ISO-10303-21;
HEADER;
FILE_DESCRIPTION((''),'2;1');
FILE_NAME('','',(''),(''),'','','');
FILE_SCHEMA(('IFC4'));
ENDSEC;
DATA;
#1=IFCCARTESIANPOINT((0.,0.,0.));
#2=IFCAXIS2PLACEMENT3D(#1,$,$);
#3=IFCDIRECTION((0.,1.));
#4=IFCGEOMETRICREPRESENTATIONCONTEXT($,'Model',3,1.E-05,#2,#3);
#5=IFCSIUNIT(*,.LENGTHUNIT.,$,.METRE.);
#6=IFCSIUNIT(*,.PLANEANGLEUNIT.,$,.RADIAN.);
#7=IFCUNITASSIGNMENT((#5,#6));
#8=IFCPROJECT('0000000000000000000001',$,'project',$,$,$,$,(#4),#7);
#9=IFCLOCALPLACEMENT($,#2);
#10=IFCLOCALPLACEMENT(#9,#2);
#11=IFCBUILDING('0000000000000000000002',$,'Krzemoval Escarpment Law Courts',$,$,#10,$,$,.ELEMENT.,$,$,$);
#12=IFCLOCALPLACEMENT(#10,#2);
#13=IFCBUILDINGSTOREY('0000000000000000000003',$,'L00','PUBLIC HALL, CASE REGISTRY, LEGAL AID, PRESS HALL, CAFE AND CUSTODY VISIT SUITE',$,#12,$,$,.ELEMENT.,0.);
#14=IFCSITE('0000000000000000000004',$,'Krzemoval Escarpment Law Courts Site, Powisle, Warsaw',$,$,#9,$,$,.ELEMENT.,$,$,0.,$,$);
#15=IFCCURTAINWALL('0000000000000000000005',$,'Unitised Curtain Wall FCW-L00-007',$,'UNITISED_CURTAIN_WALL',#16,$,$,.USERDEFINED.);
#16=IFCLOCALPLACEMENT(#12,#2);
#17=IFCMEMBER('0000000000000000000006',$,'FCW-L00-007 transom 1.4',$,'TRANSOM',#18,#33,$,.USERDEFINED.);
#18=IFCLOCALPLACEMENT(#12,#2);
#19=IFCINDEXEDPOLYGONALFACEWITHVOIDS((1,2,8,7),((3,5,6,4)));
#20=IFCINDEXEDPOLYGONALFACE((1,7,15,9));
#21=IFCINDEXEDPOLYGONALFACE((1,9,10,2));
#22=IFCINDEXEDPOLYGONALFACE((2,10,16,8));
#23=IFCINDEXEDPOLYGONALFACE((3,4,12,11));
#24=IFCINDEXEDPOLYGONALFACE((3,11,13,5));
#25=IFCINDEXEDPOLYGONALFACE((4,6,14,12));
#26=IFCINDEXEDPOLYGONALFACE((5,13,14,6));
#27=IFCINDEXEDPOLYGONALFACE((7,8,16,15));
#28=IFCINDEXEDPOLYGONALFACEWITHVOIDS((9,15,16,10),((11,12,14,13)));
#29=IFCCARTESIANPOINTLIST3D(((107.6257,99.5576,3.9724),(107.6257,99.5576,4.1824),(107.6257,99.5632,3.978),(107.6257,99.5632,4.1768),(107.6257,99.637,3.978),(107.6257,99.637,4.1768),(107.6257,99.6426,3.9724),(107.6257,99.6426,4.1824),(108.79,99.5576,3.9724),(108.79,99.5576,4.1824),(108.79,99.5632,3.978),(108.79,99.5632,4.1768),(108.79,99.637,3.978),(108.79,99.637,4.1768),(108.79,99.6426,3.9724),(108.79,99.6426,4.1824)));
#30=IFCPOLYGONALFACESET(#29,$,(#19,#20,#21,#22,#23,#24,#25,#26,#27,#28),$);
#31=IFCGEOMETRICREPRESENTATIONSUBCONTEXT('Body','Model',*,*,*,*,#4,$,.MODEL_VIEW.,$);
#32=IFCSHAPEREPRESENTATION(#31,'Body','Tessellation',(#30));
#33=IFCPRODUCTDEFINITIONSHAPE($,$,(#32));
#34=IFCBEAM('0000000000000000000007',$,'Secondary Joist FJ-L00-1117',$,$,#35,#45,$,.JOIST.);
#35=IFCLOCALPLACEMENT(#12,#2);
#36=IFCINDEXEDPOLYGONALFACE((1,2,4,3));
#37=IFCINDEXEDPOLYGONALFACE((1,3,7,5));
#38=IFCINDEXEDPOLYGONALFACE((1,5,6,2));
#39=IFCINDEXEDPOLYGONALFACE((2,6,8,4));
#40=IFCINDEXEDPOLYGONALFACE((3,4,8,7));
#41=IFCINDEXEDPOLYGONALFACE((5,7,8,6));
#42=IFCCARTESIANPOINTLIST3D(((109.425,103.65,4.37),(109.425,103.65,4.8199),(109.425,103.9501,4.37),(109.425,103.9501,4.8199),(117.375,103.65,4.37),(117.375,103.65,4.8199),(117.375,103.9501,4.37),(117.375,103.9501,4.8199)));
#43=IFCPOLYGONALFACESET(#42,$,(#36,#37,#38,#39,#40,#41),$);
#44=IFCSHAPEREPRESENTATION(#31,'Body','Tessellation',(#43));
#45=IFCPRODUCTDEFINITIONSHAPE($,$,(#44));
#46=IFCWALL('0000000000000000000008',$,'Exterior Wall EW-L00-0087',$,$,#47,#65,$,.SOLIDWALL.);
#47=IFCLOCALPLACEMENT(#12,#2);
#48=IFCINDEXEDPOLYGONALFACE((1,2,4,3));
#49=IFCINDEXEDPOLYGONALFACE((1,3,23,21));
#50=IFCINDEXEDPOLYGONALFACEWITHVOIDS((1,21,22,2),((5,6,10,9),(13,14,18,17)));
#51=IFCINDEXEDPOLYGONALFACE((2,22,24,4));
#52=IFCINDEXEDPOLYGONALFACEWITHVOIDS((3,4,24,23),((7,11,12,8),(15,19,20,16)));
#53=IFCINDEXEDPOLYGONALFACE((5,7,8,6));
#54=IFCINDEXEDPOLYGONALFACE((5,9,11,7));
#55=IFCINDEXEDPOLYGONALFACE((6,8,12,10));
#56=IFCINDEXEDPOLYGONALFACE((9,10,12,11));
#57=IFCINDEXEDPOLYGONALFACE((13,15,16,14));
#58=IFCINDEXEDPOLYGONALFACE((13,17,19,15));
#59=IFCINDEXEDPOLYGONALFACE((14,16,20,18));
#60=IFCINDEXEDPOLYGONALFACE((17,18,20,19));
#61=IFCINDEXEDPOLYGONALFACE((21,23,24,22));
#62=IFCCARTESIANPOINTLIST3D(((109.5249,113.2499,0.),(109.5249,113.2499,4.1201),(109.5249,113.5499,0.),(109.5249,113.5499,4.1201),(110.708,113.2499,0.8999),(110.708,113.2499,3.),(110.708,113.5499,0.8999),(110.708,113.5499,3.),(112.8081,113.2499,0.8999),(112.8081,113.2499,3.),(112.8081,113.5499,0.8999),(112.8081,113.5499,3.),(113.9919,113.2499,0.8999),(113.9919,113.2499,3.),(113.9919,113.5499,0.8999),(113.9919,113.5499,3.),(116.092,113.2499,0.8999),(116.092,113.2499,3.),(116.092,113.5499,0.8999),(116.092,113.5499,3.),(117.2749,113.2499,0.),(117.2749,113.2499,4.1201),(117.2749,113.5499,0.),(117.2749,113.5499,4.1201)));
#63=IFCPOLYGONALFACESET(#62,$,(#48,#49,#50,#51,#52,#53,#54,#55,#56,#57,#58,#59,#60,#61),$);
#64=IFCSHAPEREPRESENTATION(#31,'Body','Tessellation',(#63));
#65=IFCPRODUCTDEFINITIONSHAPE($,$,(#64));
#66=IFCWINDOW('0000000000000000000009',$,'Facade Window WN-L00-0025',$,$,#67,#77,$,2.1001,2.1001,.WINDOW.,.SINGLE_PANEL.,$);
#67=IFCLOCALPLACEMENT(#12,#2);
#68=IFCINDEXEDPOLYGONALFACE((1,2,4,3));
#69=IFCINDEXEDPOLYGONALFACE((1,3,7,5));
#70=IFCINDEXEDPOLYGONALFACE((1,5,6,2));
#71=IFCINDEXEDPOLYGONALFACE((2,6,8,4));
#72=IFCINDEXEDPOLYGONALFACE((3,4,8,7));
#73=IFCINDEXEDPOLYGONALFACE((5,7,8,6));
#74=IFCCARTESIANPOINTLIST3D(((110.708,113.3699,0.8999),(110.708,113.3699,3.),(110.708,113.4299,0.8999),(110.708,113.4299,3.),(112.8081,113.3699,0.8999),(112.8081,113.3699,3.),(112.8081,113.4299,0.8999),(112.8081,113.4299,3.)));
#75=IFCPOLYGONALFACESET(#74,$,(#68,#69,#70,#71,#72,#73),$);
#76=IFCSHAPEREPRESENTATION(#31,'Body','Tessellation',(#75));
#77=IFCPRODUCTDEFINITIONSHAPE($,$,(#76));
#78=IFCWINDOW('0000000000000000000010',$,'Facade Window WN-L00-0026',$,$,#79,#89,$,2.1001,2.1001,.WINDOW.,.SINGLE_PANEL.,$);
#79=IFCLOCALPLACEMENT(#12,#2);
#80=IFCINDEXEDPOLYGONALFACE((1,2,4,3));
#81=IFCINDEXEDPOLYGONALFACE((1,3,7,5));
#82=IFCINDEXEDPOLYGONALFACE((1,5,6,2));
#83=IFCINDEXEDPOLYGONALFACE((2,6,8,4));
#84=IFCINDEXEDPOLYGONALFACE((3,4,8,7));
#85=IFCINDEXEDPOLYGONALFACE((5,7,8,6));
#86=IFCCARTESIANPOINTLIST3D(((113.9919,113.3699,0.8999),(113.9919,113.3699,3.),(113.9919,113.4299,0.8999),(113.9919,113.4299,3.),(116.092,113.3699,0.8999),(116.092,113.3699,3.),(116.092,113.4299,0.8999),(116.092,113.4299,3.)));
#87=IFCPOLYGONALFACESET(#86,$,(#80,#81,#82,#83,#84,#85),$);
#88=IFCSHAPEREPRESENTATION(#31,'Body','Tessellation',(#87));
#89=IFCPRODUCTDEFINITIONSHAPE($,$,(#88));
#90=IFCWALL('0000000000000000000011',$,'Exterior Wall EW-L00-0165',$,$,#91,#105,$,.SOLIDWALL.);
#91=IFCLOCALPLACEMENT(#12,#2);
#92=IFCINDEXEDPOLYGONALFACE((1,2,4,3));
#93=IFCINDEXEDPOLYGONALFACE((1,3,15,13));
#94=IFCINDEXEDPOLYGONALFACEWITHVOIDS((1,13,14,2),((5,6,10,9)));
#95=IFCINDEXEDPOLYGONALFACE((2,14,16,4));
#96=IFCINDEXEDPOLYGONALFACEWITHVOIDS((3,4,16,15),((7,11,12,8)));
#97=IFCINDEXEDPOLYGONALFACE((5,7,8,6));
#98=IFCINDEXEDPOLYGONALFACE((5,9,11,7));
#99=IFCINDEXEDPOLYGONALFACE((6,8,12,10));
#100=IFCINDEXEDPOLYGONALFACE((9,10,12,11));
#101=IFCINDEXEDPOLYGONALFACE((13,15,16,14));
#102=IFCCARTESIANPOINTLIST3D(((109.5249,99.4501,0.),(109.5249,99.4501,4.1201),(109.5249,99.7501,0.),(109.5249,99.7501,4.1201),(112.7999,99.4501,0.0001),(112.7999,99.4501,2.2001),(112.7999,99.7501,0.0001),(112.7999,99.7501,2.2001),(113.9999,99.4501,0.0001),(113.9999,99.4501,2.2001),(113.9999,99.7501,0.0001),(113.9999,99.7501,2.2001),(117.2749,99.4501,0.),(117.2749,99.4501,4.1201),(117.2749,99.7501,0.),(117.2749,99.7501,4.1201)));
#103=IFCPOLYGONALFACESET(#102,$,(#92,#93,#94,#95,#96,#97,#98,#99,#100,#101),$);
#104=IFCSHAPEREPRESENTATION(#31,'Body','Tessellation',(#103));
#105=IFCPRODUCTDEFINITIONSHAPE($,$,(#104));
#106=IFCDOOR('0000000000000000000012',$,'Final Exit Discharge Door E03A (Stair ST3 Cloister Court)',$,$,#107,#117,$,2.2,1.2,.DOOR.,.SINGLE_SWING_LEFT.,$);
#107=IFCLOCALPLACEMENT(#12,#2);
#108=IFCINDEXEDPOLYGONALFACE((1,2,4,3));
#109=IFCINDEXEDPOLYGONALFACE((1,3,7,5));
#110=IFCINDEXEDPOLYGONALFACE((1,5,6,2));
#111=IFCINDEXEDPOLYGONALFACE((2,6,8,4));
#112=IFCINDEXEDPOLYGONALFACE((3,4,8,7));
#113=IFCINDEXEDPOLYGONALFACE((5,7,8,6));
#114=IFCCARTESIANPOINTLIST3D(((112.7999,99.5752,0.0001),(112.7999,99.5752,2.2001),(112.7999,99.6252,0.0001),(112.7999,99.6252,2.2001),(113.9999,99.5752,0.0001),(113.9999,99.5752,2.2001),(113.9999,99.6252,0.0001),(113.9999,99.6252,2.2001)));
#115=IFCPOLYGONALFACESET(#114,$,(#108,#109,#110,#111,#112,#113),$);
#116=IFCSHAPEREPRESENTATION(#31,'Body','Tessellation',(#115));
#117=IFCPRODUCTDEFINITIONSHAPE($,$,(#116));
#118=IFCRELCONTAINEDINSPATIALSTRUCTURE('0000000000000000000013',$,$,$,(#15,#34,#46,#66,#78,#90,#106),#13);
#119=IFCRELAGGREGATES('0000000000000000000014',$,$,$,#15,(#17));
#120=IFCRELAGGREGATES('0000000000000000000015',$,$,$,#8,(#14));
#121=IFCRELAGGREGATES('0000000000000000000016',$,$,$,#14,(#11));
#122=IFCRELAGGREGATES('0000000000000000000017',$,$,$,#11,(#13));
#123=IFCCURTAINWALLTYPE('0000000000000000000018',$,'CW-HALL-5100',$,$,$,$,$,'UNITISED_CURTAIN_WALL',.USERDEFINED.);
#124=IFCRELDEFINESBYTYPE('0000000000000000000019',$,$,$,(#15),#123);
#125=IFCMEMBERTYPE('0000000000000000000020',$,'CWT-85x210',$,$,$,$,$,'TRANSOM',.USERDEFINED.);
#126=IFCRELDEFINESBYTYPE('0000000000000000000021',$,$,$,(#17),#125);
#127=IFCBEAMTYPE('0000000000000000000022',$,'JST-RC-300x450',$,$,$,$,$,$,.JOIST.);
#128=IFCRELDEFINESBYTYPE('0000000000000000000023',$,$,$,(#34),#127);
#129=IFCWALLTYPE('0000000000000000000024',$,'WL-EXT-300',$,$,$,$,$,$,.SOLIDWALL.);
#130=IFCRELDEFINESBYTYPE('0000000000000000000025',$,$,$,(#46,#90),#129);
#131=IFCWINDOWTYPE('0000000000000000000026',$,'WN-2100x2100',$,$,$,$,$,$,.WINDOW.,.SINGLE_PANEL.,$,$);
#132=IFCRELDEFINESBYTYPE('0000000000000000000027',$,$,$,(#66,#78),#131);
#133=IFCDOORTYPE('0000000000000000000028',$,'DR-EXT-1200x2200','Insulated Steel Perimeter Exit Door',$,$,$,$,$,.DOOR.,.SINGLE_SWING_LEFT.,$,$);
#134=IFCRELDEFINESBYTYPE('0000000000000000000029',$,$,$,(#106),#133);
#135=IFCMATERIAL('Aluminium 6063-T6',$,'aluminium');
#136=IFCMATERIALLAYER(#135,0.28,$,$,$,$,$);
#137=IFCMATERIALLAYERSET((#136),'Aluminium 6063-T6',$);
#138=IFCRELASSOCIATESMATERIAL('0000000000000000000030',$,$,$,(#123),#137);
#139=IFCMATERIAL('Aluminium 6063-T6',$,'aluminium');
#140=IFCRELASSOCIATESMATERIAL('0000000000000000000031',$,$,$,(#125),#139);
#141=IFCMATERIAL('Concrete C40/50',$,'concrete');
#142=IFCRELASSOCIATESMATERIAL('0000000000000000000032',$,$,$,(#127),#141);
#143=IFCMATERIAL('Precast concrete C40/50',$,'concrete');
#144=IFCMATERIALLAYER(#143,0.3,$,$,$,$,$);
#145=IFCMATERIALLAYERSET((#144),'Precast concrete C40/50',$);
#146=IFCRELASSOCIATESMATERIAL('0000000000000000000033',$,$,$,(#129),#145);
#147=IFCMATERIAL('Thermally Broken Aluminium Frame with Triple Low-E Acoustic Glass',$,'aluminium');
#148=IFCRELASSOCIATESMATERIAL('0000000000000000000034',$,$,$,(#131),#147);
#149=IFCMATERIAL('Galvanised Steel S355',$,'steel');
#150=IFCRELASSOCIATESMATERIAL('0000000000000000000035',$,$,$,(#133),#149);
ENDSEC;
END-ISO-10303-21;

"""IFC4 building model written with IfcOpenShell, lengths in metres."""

from ifc_helpers import new_model, si_unit, direction, frame, frame_2d, origin, origin_2d, place, context, subcontext, project, spatial, rectangle, hollow_rectangle, extrude, material, layer, layer_set, material_profile, profile_set, type_object, element, fill, aggregate, save


model = new_model("IFC4")

# Units and contexts
model_context = context("Model", 3, precision=1e-05, world=origin(), true_north=direction((0.0, 1.0)))
body_context = subcontext(model_context, "Body", "Model", "MODEL_VIEW")
ifc_project = project(units=[si_unit("LENGTHUNIT", "METRE"), si_unit("PLANEANGLEUNIT", "RADIAN")], contexts=[model_context])

# Site, building, storey
site_placement = place(None, origin())
site = spatial("IfcSite", under=ifc_project, at=site_placement, Name="Krzemoval Escarpment Law Courts Site, Powisle, Warsaw", CompositionType="ELEMENT", RefElevation=0.0)
building_placement = place(site_placement, origin())
building = spatial("IfcBuilding", under=site, at=building_placement, Name="Krzemoval Escarpment Law Courts", CompositionType="ELEMENT")
storey_placement = place(building_placement, origin())
storey = spatial("IfcBuildingStorey", under=building, at=storey_placement, Name="L00", Description="PUBLIC HALL, CASE REGISTRY, LEGAL AID, PRESS HALL, CAFE AND CUSTODY VISIT SUITE", CompositionType="ELEMENT", Elevation=0.0)

# Curtain wall, member
ifc_material_1 = material(Name="Aluminium 6063-T6", Category="aluminium")
ifc_layer_1 = layer(ifc_material_1, 0.28)
ifc_layer_set_1 = layer_set([ifc_layer_1], Name="Aluminium 6063-T6")
curtain_wall_type = type_object("IfcCurtainWallType", Name="CW-HALL-5100", ElementType="UNITISED_CURTAIN_WALL", PredefinedType="USERDEFINED", material=ifc_layer_set_1)
curtain_wall_placement = place(storey_placement, origin())
curtain_wall = element("IfcCurtainWall", 1, at=curtain_wall_placement, inside=storey, type_object=curtain_wall_type, Name="Unitised Curtain Wall FCW-L00-007", ObjectType="UNITISED_CURTAIN_WALL", PredefinedType="USERDEFINED")
ifc_material_2 = material(Name="Aluminium 6063-T6", Category="aluminium")
ifc_material_profile_1 = material_profile(ifc_material_2, hollow_rectangle(XDim=0.085, YDim=0.21, WallThickness=0.0056, at=origin_2d()), Name="ALU T85x210")
ifc_profile_set_1 = profile_set([ifc_material_profile_1], Name="Aluminium 6063-T6")
member_type_1 = type_object("IfcMemberType", Name="CWT-85x210", ElementType="TRANSOM", PredefinedType="USERDEFINED", material=ifc_profile_set_1)
member_1_placement = place(storey_placement, frame((108.79, 99.6001, 4.0774), z_axis=(-1.0, 0.0, 0.0), x_axis=(0.0, -1.0, 0.0)))
member_1 = element("IfcMember", 2, at=member_1_placement, type_object=member_type_1, Name="FCW-L00-007 transom 1.4", ObjectType="TRANSOM", PredefinedType="USERDEFINED", context=body_context, shape_type="SweptSolid", body=[
    extrude(hollow_rectangle(XDim=0.085, YDim=0.21, WallThickness=0.0056, at=origin_2d()), origin(), (0.0, 0.0, 1.0), 1.1643),
])
aggregate(curtain_wall, [member_1])

# Beam
ifc_material_3 = material(Name="Concrete C40/50", Category="concrete")
ifc_material_profile_2 = material_profile(ifc_material_3, rectangle(XDim=0.3, YDim=0.45, at=origin_2d()), Name="RCB 300x450")
ifc_profile_set_2 = profile_set([ifc_material_profile_2], Name="Concrete C40/50")
beam_type_1 = type_object("IfcBeamType", Name="JST-RC-300x450", PredefinedType="JOIST", material=ifc_profile_set_2)
beam_1_placement = place(storey_placement, frame((109.425, 103.8, 4.595), z_axis=(1.0, 0.0, 0.0), x_axis=(0.0, 1.0, 0.0)))
element("IfcBeam", 3, at=beam_1_placement, inside=storey, type_object=beam_type_1, Name="Secondary Joist FJ-L00-1117", PredefinedType="JOIST", context=body_context, shape_type="SweptSolid", body=[
    extrude(rectangle(XDim=0.3, YDim=0.45, at=origin_2d()), origin(), (0.0, 0.0, 1.0), 7.95),
])

# Wall, openings, windows
ifc_material_4 = material(Name="Precast concrete C40/50", Category="concrete")
ifc_layer_2 = layer(ifc_material_4, 0.3)
ifc_layer_set_2 = layer_set([ifc_layer_2], Name="Precast concrete C40/50")
wall_type = type_object("IfcWallType", Name="WL-EXT-300", PredefinedType="SOLIDWALL", material=ifc_layer_set_2)
wall_1_placement = place(storey_placement, frame((109.5249, 113.3999, 0.0), z_axis=(0.0, 0.0, 1.0), x_axis=(1.0, 0.0, 0.0)))
wall_1 = element("IfcWall", 4, at=wall_1_placement, inside=storey, type_object=wall_type, Name="Exterior Wall EW-L00-0087", PredefinedType="SOLIDWALL", context=body_context, shape_type="SweptSolid", body=[
    extrude(rectangle(XDim=7.75, YDim=0.3, at=frame_2d((3.875, 0.0))), origin(), (0.0, 0.0, 1.0), 4.1201),
])
opening_1_placement = place(wall_1_placement, frame((1.1831, 0.0, 0.8999)))
opening_1 = element("IfcOpeningElement", 5, at=opening_1_placement, cuts=wall_1, PredefinedType="OPENING", context=body_context, shape_type="SweptSolid", body=[
    extrude(rectangle(XDim=2.1001, YDim=2.1001, at=frame_2d((1.05, 1.05))), frame((0.0, 0.165, 0.0), z_axis=(0.0, -1.0, 0.0), x_axis=(1.0, 0.0, 0.0)), (0.0, 0.0, 1.0), 0.3301),
])
opening_2_placement = place(wall_1_placement, frame((4.467, 0.0, 0.8999)))
opening_2 = element("IfcOpeningElement", 6, at=opening_2_placement, cuts=wall_1, PredefinedType="OPENING", context=body_context, shape_type="SweptSolid", body=[
    extrude(rectangle(XDim=2.1001, YDim=2.1001, at=frame_2d((1.05, 1.05))), frame((0.0, 0.165, 0.0), z_axis=(0.0, -1.0, 0.0), x_axis=(1.0, 0.0, 0.0)), (0.0, 0.0, 1.0), 0.3301),
])
ifc_material_5 = material(Name="Thermally Broken Aluminium Frame with Triple Low-E Acoustic Glass", Category="aluminium")
window_type = type_object("IfcWindowType", Name="WN-2100x2100", PartitioningType="SINGLE_PANEL", PredefinedType="WINDOW", material=ifc_material_5)
window_1_placement = place(opening_1_placement, origin())
window_1 = element("IfcWindow", 7, at=window_1_placement, inside=storey, type_object=window_type, Name="Facade Window WN-L00-0025", OverallHeight=2.1001, OverallWidth=2.1001, PartitioningType="SINGLE_PANEL", PredefinedType="WINDOW", context=body_context, shape_type="SweptSolid", body=[
    extrude(rectangle(XDim=2.1001, YDim=2.1001, at=frame_2d((1.05, 1.05))), frame((0.0, 0.03, 0.0), z_axis=(0.0, -1.0, 0.0), x_axis=(1.0, 0.0, 0.0)), (0.0, 0.0, 1.0), 0.0601),
])
fill(opening_1, window_1)
window_2_placement = place(opening_2_placement, origin())
window_2 = element("IfcWindow", 8, at=window_2_placement, inside=storey, type_object=window_type, Name="Facade Window WN-L00-0026", OverallHeight=2.1001, OverallWidth=2.1001, PartitioningType="SINGLE_PANEL", PredefinedType="WINDOW", context=body_context, shape_type="SweptSolid", body=[
    extrude(rectangle(XDim=2.1001, YDim=2.1001, at=frame_2d((1.05, 1.05))), frame((0.0, 0.03, 0.0), z_axis=(0.0, -1.0, 0.0), x_axis=(1.0, 0.0, 0.0)), (0.0, 0.0, 1.0), 0.0601),
])
fill(opening_2, window_2)

# Wall, opening, door
wall_2_placement = place(storey_placement, frame((117.2749, 99.6001, 0.0), z_axis=(0.0, 0.0, 1.0), x_axis=(-1.0, 0.0, 0.0)))
wall_2 = element("IfcWall", 9, at=wall_2_placement, inside=storey, type_object=wall_type, Name="Exterior Wall EW-L00-0165", PredefinedType="SOLIDWALL", context=body_context, shape_type="SweptSolid", body=[
    extrude(rectangle(XDim=7.75, YDim=0.3, at=frame_2d((3.875, 0.0))), origin(), (0.0, 0.0, 1.0), 4.1201),
])
opening_3_placement = place(wall_2_placement, frame((3.2749, 0.0, 0.0)))
opening_3 = element("IfcOpeningElement", 10, at=opening_3_placement, cuts=wall_2, PredefinedType="OPENING", context=body_context, shape_type="SweptSolid", body=[
    extrude(rectangle(XDim=1.2, YDim=2.2, at=frame_2d((0.6001, 1.1001))), frame((0.0, 0.165, 0.0), z_axis=(0.0, -1.0, 0.0), x_axis=(1.0, 0.0, 0.0)), (0.0, 0.0, 1.0), 0.3301),
])
ifc_material_6 = material(Name="Galvanised Steel S355", Category="steel")
door_type = type_object("IfcDoorType", Name="DR-EXT-1200x2200", Description="Insulated Steel Perimeter Exit Door", OperationType="SINGLE_SWING_LEFT", PredefinedType="DOOR", material=ifc_material_6)
door_placement = place(opening_3_placement, origin())
door = element("IfcDoor", 11, at=door_placement, inside=storey, type_object=door_type, Name="Final Exit Discharge Door E03A (Stair ST3 Cloister Court)", OperationType="SINGLE_SWING_LEFT", OverallHeight=2.2, OverallWidth=1.2, PredefinedType="DOOR", context=body_context, shape_type="SweptSolid", body=[
    extrude(rectangle(XDim=1.2, YDim=2.2, at=frame_2d((0.6001, 1.1001))), frame((0.0, 0.0249, 0.0), z_axis=(0.0, -1.0, 0.0), x_axis=(1.0, 0.0, 0.0)), (0.0, 0.0, 1.0), 0.05),
])
fill(opening_3, door)

save(model, "model.ifc")
